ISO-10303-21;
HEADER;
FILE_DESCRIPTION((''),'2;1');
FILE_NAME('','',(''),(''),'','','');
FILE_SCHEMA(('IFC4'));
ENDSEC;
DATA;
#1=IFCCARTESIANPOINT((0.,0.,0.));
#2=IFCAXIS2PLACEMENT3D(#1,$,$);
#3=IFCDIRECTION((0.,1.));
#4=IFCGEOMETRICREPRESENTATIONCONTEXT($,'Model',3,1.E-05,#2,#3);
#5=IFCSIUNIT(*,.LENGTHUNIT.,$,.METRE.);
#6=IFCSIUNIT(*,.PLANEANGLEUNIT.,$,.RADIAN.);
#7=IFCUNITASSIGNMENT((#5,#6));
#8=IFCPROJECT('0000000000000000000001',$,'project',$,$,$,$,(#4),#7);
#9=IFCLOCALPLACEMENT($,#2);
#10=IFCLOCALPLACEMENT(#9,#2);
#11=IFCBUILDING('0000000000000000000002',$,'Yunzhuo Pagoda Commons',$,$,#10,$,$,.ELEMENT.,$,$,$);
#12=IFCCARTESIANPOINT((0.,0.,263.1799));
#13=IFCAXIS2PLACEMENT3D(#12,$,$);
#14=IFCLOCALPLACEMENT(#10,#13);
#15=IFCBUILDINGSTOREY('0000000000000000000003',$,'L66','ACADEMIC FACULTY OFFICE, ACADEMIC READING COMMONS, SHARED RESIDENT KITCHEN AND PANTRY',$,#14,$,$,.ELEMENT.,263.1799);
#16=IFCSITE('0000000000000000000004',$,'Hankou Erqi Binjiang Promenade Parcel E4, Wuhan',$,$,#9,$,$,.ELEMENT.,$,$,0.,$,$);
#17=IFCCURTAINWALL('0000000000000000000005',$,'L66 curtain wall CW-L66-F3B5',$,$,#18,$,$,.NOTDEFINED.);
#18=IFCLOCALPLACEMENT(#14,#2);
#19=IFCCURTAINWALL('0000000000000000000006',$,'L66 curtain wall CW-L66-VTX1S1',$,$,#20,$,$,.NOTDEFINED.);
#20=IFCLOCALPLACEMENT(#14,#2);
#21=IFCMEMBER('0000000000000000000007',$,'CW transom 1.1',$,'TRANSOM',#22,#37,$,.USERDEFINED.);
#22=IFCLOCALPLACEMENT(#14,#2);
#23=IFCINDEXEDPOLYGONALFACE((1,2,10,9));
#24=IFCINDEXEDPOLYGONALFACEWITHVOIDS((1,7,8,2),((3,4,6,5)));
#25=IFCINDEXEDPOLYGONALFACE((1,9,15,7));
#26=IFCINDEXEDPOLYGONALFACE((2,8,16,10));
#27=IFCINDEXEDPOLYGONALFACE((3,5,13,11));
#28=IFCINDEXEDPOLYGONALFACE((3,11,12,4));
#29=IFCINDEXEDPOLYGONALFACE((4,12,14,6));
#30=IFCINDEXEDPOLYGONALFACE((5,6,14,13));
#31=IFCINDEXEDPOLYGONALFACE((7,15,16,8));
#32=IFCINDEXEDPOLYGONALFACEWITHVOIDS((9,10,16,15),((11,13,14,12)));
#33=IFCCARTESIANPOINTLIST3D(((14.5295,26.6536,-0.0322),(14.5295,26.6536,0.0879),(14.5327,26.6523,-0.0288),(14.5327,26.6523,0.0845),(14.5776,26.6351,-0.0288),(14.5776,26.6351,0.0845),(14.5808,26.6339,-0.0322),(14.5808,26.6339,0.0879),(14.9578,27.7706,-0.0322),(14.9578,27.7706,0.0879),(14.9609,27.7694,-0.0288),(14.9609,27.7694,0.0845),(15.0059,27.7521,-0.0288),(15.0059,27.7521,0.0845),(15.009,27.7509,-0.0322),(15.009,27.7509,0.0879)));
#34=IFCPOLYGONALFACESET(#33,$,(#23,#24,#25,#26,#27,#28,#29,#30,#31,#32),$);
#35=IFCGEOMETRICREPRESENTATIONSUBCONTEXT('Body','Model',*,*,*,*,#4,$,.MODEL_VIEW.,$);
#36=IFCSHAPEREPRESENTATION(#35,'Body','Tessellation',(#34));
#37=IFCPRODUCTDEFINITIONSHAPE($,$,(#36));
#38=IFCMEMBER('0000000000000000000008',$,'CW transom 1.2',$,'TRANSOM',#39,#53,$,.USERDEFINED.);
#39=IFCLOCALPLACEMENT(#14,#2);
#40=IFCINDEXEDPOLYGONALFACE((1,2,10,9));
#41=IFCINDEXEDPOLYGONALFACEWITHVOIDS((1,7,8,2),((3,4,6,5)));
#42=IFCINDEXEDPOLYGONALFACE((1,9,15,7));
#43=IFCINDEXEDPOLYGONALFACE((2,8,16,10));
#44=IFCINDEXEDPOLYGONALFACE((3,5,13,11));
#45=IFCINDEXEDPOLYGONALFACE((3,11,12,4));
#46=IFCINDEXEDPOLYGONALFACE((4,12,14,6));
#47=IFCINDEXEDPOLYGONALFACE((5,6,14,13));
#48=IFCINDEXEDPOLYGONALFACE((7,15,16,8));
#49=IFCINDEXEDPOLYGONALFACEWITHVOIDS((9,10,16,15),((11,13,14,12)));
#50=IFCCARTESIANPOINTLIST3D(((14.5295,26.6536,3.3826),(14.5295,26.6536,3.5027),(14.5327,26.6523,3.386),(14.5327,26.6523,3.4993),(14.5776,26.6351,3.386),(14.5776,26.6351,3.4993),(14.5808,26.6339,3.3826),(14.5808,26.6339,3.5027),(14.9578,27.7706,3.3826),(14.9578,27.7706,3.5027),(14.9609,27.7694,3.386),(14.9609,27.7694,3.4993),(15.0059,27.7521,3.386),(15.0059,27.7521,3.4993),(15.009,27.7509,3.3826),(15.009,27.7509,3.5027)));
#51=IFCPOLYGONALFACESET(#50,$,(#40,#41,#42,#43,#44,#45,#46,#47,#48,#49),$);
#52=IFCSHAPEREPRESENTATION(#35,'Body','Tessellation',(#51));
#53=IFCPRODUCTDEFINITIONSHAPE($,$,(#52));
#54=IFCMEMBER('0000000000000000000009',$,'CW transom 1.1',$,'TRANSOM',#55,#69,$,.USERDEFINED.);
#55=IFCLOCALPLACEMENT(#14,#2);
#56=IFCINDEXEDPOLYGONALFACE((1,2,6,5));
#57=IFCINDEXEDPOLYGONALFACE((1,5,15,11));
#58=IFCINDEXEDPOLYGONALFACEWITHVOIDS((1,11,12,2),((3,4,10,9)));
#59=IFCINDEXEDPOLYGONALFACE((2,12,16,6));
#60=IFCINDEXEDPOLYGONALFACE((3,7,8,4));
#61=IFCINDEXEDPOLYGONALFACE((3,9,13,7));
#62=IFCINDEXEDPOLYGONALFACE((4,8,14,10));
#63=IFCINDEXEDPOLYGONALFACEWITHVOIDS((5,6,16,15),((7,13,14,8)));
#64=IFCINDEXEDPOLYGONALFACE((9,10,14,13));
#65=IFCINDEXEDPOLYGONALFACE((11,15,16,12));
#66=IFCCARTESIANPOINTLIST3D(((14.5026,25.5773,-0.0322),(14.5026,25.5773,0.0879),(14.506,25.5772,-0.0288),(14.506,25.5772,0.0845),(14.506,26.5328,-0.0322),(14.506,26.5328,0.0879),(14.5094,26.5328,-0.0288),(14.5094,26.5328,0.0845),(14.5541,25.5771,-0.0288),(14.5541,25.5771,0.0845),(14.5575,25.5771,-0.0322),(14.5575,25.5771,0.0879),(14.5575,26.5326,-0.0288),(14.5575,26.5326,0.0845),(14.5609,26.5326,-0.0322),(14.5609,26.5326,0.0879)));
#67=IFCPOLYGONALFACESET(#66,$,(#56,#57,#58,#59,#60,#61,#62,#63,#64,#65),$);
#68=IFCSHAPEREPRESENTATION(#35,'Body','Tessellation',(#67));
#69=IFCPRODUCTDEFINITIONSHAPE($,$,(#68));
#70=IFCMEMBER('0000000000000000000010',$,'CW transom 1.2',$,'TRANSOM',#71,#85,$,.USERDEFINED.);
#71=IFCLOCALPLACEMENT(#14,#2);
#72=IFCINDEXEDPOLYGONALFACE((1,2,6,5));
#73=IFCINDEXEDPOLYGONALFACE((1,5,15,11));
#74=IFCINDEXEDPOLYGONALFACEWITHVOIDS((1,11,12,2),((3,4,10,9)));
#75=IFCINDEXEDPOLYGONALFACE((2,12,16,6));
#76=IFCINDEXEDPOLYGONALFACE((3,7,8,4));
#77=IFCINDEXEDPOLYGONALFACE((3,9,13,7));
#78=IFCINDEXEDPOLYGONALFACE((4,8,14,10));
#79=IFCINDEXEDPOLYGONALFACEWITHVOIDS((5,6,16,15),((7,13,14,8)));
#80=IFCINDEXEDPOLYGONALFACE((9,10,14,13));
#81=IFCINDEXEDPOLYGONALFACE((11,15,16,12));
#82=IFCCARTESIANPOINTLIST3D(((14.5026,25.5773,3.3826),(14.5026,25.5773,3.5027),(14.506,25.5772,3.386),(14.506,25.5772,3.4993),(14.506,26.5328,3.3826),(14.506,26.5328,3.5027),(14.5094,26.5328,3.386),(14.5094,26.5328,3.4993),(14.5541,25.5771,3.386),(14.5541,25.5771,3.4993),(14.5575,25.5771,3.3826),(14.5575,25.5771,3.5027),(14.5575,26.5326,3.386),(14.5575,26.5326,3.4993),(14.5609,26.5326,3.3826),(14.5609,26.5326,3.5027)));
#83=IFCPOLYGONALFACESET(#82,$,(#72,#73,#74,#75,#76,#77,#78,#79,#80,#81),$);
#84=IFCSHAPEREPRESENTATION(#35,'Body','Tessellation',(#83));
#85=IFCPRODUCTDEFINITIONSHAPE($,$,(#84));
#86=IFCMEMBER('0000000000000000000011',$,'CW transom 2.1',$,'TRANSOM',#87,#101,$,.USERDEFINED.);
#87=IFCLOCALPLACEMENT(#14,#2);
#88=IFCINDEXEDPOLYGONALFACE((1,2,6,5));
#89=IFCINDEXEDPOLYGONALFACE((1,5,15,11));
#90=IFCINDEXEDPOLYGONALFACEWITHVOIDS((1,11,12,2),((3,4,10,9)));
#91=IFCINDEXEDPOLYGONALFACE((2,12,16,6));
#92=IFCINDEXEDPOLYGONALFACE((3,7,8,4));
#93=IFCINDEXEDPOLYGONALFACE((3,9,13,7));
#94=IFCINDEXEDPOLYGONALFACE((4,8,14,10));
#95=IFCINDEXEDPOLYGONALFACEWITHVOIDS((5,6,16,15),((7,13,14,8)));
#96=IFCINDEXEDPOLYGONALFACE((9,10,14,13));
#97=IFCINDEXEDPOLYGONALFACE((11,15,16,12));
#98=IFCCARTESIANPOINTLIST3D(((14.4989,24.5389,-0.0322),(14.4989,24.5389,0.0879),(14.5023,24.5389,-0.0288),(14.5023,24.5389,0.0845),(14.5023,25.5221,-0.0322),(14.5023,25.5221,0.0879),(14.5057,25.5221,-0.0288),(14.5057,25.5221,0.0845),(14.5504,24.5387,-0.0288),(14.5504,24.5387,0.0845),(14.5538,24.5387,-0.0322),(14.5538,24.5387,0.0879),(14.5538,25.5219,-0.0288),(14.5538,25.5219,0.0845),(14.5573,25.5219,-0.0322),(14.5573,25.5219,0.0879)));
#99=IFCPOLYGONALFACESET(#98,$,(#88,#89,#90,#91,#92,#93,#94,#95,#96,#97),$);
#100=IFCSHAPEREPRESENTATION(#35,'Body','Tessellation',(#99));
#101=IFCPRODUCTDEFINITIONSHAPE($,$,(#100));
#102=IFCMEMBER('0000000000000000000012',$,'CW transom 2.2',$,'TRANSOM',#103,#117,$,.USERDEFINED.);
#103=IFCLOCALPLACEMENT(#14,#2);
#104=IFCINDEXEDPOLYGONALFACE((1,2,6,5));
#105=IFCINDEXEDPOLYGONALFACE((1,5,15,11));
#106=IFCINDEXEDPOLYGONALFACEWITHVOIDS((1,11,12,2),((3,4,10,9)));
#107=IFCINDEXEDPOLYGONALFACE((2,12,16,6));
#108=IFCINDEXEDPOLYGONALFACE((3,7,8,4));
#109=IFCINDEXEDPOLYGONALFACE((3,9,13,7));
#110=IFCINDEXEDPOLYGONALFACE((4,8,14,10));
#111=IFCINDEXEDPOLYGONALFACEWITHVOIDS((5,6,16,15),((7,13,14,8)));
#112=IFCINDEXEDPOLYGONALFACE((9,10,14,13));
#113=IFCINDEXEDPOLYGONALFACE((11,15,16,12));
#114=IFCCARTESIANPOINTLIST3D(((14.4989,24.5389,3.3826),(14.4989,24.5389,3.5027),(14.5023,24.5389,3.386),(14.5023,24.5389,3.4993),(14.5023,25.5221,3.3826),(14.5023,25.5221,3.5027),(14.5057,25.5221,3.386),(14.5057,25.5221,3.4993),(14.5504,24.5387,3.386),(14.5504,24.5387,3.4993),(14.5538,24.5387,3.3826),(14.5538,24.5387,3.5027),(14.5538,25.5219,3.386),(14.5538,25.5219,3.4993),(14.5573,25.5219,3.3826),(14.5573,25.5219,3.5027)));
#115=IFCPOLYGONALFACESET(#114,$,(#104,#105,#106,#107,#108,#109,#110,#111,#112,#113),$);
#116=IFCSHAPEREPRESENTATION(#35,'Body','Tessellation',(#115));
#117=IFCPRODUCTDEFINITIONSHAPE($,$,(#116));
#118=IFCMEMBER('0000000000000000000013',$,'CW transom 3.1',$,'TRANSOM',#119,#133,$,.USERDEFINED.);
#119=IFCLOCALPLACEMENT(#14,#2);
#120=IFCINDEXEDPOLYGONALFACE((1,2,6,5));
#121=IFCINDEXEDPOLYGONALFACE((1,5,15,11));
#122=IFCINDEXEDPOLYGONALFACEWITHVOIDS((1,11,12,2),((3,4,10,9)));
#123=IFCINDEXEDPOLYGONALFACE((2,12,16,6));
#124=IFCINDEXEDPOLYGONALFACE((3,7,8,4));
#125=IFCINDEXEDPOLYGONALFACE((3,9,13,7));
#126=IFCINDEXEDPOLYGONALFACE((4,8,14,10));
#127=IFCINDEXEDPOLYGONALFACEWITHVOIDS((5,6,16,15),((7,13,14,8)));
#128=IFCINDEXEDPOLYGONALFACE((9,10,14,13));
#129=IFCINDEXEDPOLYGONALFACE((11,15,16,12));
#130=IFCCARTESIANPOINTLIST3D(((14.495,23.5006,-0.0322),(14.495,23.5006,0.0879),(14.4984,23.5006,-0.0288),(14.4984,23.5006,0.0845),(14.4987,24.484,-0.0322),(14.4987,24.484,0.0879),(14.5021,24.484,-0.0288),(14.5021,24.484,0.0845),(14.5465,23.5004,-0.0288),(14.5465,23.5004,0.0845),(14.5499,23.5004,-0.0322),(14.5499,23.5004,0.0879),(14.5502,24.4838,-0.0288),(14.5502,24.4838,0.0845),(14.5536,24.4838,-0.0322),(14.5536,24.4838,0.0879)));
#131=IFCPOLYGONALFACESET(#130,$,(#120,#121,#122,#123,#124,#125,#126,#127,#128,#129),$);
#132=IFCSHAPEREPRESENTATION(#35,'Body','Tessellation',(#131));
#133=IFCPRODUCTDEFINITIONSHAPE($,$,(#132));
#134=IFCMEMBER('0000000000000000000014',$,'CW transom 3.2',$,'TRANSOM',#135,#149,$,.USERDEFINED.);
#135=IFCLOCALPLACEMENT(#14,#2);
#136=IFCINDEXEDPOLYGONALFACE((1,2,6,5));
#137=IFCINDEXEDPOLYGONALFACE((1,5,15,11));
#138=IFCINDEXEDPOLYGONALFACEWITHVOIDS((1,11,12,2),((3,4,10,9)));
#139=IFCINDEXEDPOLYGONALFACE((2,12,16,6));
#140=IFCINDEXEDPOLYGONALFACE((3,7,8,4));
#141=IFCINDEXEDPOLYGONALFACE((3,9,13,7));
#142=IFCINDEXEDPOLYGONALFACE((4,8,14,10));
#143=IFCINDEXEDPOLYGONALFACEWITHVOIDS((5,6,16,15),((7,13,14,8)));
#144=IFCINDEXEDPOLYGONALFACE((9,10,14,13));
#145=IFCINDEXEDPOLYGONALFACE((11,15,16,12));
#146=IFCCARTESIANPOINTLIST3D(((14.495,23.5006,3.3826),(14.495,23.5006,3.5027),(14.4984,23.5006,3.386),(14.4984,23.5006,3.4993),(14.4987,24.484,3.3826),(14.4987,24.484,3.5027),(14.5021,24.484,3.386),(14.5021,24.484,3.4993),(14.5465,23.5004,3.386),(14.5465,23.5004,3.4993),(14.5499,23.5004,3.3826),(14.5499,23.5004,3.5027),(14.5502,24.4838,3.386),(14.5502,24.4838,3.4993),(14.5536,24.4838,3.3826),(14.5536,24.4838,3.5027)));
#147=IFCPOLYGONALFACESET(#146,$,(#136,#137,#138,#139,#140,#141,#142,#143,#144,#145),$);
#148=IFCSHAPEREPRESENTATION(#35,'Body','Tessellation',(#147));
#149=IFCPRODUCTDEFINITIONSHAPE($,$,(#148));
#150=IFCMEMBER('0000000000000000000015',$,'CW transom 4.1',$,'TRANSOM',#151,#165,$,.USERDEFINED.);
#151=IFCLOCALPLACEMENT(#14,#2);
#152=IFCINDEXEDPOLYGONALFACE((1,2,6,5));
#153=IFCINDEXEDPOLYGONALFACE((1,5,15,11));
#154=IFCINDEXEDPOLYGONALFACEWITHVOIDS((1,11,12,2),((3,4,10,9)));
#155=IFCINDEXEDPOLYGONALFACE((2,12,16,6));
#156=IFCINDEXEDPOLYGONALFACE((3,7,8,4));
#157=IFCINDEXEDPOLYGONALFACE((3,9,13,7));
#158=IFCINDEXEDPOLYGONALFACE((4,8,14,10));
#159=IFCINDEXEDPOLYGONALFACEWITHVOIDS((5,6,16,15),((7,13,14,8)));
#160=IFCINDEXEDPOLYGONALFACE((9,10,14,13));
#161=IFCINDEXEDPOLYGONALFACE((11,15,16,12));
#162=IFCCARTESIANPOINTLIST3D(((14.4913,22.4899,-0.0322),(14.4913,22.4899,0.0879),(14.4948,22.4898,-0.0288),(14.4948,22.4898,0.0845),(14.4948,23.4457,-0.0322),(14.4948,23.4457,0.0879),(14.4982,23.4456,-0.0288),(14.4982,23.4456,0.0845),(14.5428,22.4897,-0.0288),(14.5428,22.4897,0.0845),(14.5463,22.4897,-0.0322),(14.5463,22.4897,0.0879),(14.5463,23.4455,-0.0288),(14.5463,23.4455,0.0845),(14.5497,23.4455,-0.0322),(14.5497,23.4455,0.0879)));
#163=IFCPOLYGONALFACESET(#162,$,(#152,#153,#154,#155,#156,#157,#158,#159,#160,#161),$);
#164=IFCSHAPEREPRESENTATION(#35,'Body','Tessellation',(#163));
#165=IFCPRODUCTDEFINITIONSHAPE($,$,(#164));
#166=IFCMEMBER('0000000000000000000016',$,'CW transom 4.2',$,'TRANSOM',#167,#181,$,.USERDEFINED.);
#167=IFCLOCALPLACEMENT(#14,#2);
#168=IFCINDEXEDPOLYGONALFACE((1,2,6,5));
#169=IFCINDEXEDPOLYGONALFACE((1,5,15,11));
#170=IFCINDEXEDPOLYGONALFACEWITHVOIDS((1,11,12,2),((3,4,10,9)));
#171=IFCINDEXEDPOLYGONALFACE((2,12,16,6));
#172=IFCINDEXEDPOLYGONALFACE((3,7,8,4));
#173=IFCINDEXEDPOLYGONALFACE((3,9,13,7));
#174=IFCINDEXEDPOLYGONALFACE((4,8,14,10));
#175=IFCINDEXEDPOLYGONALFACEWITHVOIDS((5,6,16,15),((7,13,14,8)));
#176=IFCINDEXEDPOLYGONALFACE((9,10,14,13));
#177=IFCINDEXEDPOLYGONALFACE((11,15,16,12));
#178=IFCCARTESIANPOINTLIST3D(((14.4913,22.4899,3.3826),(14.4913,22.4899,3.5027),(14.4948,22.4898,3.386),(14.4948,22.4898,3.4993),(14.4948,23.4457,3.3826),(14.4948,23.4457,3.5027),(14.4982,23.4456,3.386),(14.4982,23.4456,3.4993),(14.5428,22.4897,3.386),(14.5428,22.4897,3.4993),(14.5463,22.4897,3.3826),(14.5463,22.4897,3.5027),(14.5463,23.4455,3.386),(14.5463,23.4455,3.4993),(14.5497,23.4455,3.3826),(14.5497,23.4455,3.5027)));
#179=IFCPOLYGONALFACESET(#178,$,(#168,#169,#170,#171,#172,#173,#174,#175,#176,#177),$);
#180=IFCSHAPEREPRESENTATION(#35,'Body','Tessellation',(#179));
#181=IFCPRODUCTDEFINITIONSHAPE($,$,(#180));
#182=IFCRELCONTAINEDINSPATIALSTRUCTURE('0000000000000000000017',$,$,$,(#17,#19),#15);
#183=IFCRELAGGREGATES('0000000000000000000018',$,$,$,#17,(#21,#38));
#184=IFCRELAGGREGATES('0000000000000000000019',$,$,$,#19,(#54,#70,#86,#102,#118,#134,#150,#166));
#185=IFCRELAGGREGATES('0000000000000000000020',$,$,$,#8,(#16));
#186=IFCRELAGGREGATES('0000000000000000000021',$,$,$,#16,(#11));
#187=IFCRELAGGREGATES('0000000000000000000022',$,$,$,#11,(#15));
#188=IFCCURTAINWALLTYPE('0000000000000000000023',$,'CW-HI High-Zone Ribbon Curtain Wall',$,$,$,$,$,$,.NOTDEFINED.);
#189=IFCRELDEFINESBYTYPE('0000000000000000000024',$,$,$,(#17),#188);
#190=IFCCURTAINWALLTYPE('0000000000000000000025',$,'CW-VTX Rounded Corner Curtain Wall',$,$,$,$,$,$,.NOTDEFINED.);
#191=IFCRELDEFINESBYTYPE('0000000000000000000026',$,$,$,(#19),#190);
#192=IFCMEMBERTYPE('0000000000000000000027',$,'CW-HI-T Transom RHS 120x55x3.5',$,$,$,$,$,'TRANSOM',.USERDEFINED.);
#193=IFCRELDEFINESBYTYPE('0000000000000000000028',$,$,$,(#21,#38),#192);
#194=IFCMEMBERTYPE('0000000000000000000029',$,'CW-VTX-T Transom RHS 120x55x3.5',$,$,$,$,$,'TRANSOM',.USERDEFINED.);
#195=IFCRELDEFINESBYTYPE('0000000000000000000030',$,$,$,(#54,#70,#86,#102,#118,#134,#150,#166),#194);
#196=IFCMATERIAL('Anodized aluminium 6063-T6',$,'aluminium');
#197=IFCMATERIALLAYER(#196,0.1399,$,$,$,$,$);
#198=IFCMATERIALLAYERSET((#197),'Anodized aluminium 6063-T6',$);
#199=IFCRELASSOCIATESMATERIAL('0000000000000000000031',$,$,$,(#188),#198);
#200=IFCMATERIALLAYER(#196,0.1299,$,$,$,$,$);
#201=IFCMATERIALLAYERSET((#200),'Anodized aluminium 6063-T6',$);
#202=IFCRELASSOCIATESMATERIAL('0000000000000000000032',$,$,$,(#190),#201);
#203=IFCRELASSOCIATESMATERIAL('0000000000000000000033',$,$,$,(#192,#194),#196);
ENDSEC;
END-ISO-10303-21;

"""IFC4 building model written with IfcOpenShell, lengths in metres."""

from ifc_helpers import new_model, si_unit, direction, frame, origin, origin_2d, place, context, subcontext, project, spatial, hollow_rectangle, extrude, source, transform, mapped, material, layer, layer_set, material_profile, profile_set, type_object, element, aggregate, save


model = new_model("IFC4")

# Units and contexts
model_context = context("Model", 3, precision=1e-05, world=origin(), true_north=direction((0.0, 1.0)))
body_context = subcontext(model_context, "Body", "Model", "MODEL_VIEW")
ifc_project = project(units=[si_unit("LENGTHUNIT", "METRE"), si_unit("PLANEANGLEUNIT", "RADIAN")], contexts=[model_context])

# Site, building, storey
site_placement = place(None, origin())
site = spatial("IfcSite", under=ifc_project, at=site_placement, Name="Hankou Erqi Binjiang Promenade Parcel E4, Wuhan", CompositionType="ELEMENT", RefElevation=0.0)
building_placement = place(site_placement, origin())
building = spatial("IfcBuilding", under=site, at=building_placement, Name="Yunzhuo Pagoda Commons", CompositionType="ELEMENT")
storey_placement = place(building_placement, frame((0.0, 0.0, 263.1799)))
storey = spatial("IfcBuildingStorey", under=building, at=storey_placement, Name="L66", Description="ACADEMIC FACULTY OFFICE, ACADEMIC READING COMMONS, SHARED RESIDENT KITCHEN AND PANTRY", CompositionType="ELEMENT", Elevation=263.1799)

# Shared definitions
ifc_material_1 = material(Name="Anodized aluminium 6063-T6", Category="aluminium")
ifc_layer_1 = layer(ifc_material_1, 0.1399)
ifc_layer_set_1 = layer_set([ifc_layer_1], Name="Anodized aluminium 6063-T6")
curtain_wall_type_1 = type_object("IfcCurtainWallType", Name="CW-HI High-Zone Ribbon Curtain Wall", PredefinedType="NOTDEFINED", material=ifc_layer_set_1)

# Curtain walls
curtain_wall_1_placement = place(storey_placement, origin())
curtain_wall_1 = element("IfcCurtainWall", 1, at=curtain_wall_1_placement, inside=storey, type_object=curtain_wall_type_1, Name="L66 curtain wall CW-L66-F3B5", PredefinedType="NOTDEFINED")
ifc_layer_2 = layer(ifc_material_1, 0.1299)
ifc_layer_set_2 = layer_set([ifc_layer_2], Name="Anodized aluminium 6063-T6")
curtain_wall_type_2 = type_object("IfcCurtainWallType", Name="CW-VTX Rounded Corner Curtain Wall", PredefinedType="NOTDEFINED", material=ifc_layer_set_2)
curtain_wall_2_placement = place(storey_placement, origin())
curtain_wall_2 = element("IfcCurtainWall", 2, at=curtain_wall_2_placement, inside=storey, type_object=curtain_wall_type_2, Name="L66 curtain wall CW-L66-VTX1S1", PredefinedType="NOTDEFINED")

# Members
ifc_material_profile_1 = material_profile(ifc_material_1, hollow_rectangle(XDim=0.0549, YDim=0.1201, WallThickness=0.0034, at=origin_2d()), Name="Anodized aluminium 6063-T6")
ifc_profile_set_1 = profile_set([ifc_material_profile_1], Name="Anodized aluminium 6063-T6")
member_type_1 = type_object("IfcMemberType", Name="CW-HI-T Transom RHS 120x55x3.5", ElementType="TRANSOM", PredefinedType="USERDEFINED", material=ifc_profile_set_1)
shared_shape_1 = source(origin(), body_context, "Body", "SweptSolid", [
    extrude(hollow_rectangle(XDim=0.0549, YDim=0.1201, WallThickness=0.0034, at=origin_2d()), origin(), (0.0, 0.0, 1.0), 1.1963),
])
member_1_placement = place(storey_placement, frame((14.9834, 27.7607, 0.0278), z_axis=(-0.35798, -0.933729, 0.0), x_axis=(0.933729, -0.35798, 0.0)))
member_1 = element("IfcMember", 3, at=member_1_placement, type_object=member_type_1, Name="CW transom 1.1", ObjectType="TRANSOM", PredefinedType="USERDEFINED", context=body_context, shape_type="MappedRepresentation", body=[
    mapped(shared_shape_1, transform((0.0, 0.0, 0.0), scale=1.0)),
])
member_2_placement = place(storey_placement, frame((14.9834, 27.7607, 3.4426), z_axis=(-0.35798, -0.933729, 0.0), x_axis=(0.933729, -0.35798, 0.0)))
member_2 = element("IfcMember", 4, at=member_2_placement, type_object=member_type_1, Name="CW transom 1.2", ObjectType="TRANSOM", PredefinedType="USERDEFINED", context=body_context, shape_type="MappedRepresentation", body=[
    mapped(shared_shape_1, transform((0.0, 0.0, 0.0), scale=1.0)),
])
ifc_material_profile_2 = material_profile(ifc_material_1, hollow_rectangle(XDim=0.0549, YDim=0.1201, WallThickness=0.0034, at=origin_2d()), Name="Anodized aluminium 6063-T6")
ifc_profile_set_2 = profile_set([ifc_material_profile_2], Name="Anodized aluminium 6063-T6")
member_type_2 = type_object("IfcMemberType", Name="CW-VTX-T Transom RHS 120x55x3.5", ElementType="TRANSOM", PredefinedType="USERDEFINED", material=ifc_profile_set_2)
shared_shape_2 = source(origin(), body_context, "Body", "SweptSolid", [
    extrude(hollow_rectangle(XDim=0.0549, YDim=0.1201, WallThickness=0.0034, at=origin_2d()), origin(), (0.0, 0.0, 1.0), 0.9556),
])
member_3_placement = place(storey_placement, frame((14.5334, 26.5327, 0.0278), z_axis=(-0.003577, -0.999994, 0.0), x_axis=(0.999994, -0.003577, 0.0)))
member_3 = element("IfcMember", 5, at=member_3_placement, type_object=member_type_2, Name="CW transom 1.1", ObjectType="TRANSOM", PredefinedType="USERDEFINED", context=body_context, shape_type="MappedRepresentation", body=[
    mapped(shared_shape_2, transform((0.0, 0.0, 0.0), scale=1.0)),
])
member_4_placement = place(storey_placement, frame((14.5334, 26.5327, 3.4426), z_axis=(-0.003577, -0.999994, 0.0), x_axis=(0.999994, -0.003577, 0.0)))
member_4 = element("IfcMember", 6, at=member_4_placement, type_object=member_type_2, Name="CW transom 1.2", ObjectType="TRANSOM", PredefinedType="USERDEFINED", context=body_context, shape_type="MappedRepresentation", body=[
    mapped(shared_shape_2, transform((0.0, 0.0, 0.0), scale=1.0)),
])
shared_shape_3 = source(origin(), body_context, "Body", "SweptSolid", [
    extrude(hollow_rectangle(XDim=0.0549, YDim=0.1201, WallThickness=0.0034, at=origin_2d()), origin(), (0.0, 0.0, 1.0), 0.9832),
])
member_5_placement = place(storey_placement, frame((14.5298, 25.522, 0.0278), z_axis=(-0.003477, -0.999994, 0.0), x_axis=(0.999994, -0.003477, 0.0)))
member_5 = element("IfcMember", 7, at=member_5_placement, type_object=member_type_2, Name="CW transom 2.1", ObjectType="TRANSOM", PredefinedType="USERDEFINED", context=body_context, shape_type="MappedRepresentation", body=[
    mapped(shared_shape_3, transform((0.0, 0.0, 0.0), scale=1.0)),
])
member_6_placement = place(storey_placement, frame((14.5298, 25.522, 3.4426), z_axis=(-0.003477, -0.999994, 0.0), x_axis=(0.999994, -0.003477, 0.0)))
member_6 = element("IfcMember", 8, at=member_6_placement, type_object=member_type_2, Name="CW transom 2.2", ObjectType="TRANSOM", PredefinedType="USERDEFINED", context=body_context, shape_type="MappedRepresentation", body=[
    mapped(shared_shape_3, transform((0.0, 0.0, 0.0), scale=1.0)),
])
shared_shape_4 = source(origin(), body_context, "Body", "SweptSolid", [
    extrude(hollow_rectangle(XDim=0.0549, YDim=0.1201, WallThickness=0.0034, at=origin_2d()), origin(), (0.0, 0.0, 1.0), 0.9834),
])
member_7_placement = place(storey_placement, frame((14.5261, 24.4839, 0.0278), z_axis=(-0.003724, -0.999993, 0.0), x_axis=(0.999993, -0.003724, 0.0)))
member_7 = element("IfcMember", 9, at=member_7_placement, type_object=member_type_2, Name="CW transom 3.1", ObjectType="TRANSOM", PredefinedType="USERDEFINED", context=body_context, shape_type="MappedRepresentation", body=[
    mapped(shared_shape_4, transform((0.0, 0.0, 0.0), scale=1.0)),
])
member_8_placement = place(storey_placement, frame((14.5261, 24.4839, 3.4426), z_axis=(-0.003724, -0.999993, 0.0), x_axis=(0.999993, -0.003724, 0.0)))
member_8 = element("IfcMember", 10, at=member_8_placement, type_object=member_type_2, Name="CW transom 3.2", ObjectType="TRANSOM", PredefinedType="USERDEFINED", context=body_context, shape_type="MappedRepresentation", body=[
    mapped(shared_shape_4, transform((0.0, 0.0, 0.0), scale=1.0)),
])
shared_shape_5 = source(origin(), body_context, "Body", "SweptSolid", [
    extrude(hollow_rectangle(XDim=0.0549, YDim=0.1201, WallThickness=0.0034, at=origin_2d()), origin(), (0.0, 0.0, 1.0), 0.9558),
])
member_9_placement = place(storey_placement, frame((14.5222, 23.4456, 0.0278), z_axis=(-0.003576, -0.999994, 0.0), x_axis=(0.999994, -0.003576, 0.0)))
member_9 = element("IfcMember", 11, at=member_9_placement, type_object=member_type_2, Name="CW transom 4.1", ObjectType="TRANSOM", PredefinedType="USERDEFINED", context=body_context, shape_type="MappedRepresentation", body=[
    mapped(shared_shape_5, transform((0.0, 0.0, 0.0), scale=1.0)),
])
member_10_placement = place(storey_placement, frame((14.5222, 23.4456, 3.4426), z_axis=(-0.003576, -0.999994, 0.0), x_axis=(0.999994, -0.003576, 0.0)))
member_10 = element("IfcMember", 12, at=member_10_placement, type_object=member_type_2, Name="CW transom 4.2", ObjectType="TRANSOM", PredefinedType="USERDEFINED", context=body_context, shape_type="MappedRepresentation", body=[
    mapped(shared_shape_5, transform((0.0, 0.0, 0.0), scale=1.0)),
])

aggregate(curtain_wall_1, [member_1, member_2])
aggregate(curtain_wall_2, [member_3, member_4, member_5, member_6, member_7, member_8, member_9, member_10])

save(model, "model.ifc")
